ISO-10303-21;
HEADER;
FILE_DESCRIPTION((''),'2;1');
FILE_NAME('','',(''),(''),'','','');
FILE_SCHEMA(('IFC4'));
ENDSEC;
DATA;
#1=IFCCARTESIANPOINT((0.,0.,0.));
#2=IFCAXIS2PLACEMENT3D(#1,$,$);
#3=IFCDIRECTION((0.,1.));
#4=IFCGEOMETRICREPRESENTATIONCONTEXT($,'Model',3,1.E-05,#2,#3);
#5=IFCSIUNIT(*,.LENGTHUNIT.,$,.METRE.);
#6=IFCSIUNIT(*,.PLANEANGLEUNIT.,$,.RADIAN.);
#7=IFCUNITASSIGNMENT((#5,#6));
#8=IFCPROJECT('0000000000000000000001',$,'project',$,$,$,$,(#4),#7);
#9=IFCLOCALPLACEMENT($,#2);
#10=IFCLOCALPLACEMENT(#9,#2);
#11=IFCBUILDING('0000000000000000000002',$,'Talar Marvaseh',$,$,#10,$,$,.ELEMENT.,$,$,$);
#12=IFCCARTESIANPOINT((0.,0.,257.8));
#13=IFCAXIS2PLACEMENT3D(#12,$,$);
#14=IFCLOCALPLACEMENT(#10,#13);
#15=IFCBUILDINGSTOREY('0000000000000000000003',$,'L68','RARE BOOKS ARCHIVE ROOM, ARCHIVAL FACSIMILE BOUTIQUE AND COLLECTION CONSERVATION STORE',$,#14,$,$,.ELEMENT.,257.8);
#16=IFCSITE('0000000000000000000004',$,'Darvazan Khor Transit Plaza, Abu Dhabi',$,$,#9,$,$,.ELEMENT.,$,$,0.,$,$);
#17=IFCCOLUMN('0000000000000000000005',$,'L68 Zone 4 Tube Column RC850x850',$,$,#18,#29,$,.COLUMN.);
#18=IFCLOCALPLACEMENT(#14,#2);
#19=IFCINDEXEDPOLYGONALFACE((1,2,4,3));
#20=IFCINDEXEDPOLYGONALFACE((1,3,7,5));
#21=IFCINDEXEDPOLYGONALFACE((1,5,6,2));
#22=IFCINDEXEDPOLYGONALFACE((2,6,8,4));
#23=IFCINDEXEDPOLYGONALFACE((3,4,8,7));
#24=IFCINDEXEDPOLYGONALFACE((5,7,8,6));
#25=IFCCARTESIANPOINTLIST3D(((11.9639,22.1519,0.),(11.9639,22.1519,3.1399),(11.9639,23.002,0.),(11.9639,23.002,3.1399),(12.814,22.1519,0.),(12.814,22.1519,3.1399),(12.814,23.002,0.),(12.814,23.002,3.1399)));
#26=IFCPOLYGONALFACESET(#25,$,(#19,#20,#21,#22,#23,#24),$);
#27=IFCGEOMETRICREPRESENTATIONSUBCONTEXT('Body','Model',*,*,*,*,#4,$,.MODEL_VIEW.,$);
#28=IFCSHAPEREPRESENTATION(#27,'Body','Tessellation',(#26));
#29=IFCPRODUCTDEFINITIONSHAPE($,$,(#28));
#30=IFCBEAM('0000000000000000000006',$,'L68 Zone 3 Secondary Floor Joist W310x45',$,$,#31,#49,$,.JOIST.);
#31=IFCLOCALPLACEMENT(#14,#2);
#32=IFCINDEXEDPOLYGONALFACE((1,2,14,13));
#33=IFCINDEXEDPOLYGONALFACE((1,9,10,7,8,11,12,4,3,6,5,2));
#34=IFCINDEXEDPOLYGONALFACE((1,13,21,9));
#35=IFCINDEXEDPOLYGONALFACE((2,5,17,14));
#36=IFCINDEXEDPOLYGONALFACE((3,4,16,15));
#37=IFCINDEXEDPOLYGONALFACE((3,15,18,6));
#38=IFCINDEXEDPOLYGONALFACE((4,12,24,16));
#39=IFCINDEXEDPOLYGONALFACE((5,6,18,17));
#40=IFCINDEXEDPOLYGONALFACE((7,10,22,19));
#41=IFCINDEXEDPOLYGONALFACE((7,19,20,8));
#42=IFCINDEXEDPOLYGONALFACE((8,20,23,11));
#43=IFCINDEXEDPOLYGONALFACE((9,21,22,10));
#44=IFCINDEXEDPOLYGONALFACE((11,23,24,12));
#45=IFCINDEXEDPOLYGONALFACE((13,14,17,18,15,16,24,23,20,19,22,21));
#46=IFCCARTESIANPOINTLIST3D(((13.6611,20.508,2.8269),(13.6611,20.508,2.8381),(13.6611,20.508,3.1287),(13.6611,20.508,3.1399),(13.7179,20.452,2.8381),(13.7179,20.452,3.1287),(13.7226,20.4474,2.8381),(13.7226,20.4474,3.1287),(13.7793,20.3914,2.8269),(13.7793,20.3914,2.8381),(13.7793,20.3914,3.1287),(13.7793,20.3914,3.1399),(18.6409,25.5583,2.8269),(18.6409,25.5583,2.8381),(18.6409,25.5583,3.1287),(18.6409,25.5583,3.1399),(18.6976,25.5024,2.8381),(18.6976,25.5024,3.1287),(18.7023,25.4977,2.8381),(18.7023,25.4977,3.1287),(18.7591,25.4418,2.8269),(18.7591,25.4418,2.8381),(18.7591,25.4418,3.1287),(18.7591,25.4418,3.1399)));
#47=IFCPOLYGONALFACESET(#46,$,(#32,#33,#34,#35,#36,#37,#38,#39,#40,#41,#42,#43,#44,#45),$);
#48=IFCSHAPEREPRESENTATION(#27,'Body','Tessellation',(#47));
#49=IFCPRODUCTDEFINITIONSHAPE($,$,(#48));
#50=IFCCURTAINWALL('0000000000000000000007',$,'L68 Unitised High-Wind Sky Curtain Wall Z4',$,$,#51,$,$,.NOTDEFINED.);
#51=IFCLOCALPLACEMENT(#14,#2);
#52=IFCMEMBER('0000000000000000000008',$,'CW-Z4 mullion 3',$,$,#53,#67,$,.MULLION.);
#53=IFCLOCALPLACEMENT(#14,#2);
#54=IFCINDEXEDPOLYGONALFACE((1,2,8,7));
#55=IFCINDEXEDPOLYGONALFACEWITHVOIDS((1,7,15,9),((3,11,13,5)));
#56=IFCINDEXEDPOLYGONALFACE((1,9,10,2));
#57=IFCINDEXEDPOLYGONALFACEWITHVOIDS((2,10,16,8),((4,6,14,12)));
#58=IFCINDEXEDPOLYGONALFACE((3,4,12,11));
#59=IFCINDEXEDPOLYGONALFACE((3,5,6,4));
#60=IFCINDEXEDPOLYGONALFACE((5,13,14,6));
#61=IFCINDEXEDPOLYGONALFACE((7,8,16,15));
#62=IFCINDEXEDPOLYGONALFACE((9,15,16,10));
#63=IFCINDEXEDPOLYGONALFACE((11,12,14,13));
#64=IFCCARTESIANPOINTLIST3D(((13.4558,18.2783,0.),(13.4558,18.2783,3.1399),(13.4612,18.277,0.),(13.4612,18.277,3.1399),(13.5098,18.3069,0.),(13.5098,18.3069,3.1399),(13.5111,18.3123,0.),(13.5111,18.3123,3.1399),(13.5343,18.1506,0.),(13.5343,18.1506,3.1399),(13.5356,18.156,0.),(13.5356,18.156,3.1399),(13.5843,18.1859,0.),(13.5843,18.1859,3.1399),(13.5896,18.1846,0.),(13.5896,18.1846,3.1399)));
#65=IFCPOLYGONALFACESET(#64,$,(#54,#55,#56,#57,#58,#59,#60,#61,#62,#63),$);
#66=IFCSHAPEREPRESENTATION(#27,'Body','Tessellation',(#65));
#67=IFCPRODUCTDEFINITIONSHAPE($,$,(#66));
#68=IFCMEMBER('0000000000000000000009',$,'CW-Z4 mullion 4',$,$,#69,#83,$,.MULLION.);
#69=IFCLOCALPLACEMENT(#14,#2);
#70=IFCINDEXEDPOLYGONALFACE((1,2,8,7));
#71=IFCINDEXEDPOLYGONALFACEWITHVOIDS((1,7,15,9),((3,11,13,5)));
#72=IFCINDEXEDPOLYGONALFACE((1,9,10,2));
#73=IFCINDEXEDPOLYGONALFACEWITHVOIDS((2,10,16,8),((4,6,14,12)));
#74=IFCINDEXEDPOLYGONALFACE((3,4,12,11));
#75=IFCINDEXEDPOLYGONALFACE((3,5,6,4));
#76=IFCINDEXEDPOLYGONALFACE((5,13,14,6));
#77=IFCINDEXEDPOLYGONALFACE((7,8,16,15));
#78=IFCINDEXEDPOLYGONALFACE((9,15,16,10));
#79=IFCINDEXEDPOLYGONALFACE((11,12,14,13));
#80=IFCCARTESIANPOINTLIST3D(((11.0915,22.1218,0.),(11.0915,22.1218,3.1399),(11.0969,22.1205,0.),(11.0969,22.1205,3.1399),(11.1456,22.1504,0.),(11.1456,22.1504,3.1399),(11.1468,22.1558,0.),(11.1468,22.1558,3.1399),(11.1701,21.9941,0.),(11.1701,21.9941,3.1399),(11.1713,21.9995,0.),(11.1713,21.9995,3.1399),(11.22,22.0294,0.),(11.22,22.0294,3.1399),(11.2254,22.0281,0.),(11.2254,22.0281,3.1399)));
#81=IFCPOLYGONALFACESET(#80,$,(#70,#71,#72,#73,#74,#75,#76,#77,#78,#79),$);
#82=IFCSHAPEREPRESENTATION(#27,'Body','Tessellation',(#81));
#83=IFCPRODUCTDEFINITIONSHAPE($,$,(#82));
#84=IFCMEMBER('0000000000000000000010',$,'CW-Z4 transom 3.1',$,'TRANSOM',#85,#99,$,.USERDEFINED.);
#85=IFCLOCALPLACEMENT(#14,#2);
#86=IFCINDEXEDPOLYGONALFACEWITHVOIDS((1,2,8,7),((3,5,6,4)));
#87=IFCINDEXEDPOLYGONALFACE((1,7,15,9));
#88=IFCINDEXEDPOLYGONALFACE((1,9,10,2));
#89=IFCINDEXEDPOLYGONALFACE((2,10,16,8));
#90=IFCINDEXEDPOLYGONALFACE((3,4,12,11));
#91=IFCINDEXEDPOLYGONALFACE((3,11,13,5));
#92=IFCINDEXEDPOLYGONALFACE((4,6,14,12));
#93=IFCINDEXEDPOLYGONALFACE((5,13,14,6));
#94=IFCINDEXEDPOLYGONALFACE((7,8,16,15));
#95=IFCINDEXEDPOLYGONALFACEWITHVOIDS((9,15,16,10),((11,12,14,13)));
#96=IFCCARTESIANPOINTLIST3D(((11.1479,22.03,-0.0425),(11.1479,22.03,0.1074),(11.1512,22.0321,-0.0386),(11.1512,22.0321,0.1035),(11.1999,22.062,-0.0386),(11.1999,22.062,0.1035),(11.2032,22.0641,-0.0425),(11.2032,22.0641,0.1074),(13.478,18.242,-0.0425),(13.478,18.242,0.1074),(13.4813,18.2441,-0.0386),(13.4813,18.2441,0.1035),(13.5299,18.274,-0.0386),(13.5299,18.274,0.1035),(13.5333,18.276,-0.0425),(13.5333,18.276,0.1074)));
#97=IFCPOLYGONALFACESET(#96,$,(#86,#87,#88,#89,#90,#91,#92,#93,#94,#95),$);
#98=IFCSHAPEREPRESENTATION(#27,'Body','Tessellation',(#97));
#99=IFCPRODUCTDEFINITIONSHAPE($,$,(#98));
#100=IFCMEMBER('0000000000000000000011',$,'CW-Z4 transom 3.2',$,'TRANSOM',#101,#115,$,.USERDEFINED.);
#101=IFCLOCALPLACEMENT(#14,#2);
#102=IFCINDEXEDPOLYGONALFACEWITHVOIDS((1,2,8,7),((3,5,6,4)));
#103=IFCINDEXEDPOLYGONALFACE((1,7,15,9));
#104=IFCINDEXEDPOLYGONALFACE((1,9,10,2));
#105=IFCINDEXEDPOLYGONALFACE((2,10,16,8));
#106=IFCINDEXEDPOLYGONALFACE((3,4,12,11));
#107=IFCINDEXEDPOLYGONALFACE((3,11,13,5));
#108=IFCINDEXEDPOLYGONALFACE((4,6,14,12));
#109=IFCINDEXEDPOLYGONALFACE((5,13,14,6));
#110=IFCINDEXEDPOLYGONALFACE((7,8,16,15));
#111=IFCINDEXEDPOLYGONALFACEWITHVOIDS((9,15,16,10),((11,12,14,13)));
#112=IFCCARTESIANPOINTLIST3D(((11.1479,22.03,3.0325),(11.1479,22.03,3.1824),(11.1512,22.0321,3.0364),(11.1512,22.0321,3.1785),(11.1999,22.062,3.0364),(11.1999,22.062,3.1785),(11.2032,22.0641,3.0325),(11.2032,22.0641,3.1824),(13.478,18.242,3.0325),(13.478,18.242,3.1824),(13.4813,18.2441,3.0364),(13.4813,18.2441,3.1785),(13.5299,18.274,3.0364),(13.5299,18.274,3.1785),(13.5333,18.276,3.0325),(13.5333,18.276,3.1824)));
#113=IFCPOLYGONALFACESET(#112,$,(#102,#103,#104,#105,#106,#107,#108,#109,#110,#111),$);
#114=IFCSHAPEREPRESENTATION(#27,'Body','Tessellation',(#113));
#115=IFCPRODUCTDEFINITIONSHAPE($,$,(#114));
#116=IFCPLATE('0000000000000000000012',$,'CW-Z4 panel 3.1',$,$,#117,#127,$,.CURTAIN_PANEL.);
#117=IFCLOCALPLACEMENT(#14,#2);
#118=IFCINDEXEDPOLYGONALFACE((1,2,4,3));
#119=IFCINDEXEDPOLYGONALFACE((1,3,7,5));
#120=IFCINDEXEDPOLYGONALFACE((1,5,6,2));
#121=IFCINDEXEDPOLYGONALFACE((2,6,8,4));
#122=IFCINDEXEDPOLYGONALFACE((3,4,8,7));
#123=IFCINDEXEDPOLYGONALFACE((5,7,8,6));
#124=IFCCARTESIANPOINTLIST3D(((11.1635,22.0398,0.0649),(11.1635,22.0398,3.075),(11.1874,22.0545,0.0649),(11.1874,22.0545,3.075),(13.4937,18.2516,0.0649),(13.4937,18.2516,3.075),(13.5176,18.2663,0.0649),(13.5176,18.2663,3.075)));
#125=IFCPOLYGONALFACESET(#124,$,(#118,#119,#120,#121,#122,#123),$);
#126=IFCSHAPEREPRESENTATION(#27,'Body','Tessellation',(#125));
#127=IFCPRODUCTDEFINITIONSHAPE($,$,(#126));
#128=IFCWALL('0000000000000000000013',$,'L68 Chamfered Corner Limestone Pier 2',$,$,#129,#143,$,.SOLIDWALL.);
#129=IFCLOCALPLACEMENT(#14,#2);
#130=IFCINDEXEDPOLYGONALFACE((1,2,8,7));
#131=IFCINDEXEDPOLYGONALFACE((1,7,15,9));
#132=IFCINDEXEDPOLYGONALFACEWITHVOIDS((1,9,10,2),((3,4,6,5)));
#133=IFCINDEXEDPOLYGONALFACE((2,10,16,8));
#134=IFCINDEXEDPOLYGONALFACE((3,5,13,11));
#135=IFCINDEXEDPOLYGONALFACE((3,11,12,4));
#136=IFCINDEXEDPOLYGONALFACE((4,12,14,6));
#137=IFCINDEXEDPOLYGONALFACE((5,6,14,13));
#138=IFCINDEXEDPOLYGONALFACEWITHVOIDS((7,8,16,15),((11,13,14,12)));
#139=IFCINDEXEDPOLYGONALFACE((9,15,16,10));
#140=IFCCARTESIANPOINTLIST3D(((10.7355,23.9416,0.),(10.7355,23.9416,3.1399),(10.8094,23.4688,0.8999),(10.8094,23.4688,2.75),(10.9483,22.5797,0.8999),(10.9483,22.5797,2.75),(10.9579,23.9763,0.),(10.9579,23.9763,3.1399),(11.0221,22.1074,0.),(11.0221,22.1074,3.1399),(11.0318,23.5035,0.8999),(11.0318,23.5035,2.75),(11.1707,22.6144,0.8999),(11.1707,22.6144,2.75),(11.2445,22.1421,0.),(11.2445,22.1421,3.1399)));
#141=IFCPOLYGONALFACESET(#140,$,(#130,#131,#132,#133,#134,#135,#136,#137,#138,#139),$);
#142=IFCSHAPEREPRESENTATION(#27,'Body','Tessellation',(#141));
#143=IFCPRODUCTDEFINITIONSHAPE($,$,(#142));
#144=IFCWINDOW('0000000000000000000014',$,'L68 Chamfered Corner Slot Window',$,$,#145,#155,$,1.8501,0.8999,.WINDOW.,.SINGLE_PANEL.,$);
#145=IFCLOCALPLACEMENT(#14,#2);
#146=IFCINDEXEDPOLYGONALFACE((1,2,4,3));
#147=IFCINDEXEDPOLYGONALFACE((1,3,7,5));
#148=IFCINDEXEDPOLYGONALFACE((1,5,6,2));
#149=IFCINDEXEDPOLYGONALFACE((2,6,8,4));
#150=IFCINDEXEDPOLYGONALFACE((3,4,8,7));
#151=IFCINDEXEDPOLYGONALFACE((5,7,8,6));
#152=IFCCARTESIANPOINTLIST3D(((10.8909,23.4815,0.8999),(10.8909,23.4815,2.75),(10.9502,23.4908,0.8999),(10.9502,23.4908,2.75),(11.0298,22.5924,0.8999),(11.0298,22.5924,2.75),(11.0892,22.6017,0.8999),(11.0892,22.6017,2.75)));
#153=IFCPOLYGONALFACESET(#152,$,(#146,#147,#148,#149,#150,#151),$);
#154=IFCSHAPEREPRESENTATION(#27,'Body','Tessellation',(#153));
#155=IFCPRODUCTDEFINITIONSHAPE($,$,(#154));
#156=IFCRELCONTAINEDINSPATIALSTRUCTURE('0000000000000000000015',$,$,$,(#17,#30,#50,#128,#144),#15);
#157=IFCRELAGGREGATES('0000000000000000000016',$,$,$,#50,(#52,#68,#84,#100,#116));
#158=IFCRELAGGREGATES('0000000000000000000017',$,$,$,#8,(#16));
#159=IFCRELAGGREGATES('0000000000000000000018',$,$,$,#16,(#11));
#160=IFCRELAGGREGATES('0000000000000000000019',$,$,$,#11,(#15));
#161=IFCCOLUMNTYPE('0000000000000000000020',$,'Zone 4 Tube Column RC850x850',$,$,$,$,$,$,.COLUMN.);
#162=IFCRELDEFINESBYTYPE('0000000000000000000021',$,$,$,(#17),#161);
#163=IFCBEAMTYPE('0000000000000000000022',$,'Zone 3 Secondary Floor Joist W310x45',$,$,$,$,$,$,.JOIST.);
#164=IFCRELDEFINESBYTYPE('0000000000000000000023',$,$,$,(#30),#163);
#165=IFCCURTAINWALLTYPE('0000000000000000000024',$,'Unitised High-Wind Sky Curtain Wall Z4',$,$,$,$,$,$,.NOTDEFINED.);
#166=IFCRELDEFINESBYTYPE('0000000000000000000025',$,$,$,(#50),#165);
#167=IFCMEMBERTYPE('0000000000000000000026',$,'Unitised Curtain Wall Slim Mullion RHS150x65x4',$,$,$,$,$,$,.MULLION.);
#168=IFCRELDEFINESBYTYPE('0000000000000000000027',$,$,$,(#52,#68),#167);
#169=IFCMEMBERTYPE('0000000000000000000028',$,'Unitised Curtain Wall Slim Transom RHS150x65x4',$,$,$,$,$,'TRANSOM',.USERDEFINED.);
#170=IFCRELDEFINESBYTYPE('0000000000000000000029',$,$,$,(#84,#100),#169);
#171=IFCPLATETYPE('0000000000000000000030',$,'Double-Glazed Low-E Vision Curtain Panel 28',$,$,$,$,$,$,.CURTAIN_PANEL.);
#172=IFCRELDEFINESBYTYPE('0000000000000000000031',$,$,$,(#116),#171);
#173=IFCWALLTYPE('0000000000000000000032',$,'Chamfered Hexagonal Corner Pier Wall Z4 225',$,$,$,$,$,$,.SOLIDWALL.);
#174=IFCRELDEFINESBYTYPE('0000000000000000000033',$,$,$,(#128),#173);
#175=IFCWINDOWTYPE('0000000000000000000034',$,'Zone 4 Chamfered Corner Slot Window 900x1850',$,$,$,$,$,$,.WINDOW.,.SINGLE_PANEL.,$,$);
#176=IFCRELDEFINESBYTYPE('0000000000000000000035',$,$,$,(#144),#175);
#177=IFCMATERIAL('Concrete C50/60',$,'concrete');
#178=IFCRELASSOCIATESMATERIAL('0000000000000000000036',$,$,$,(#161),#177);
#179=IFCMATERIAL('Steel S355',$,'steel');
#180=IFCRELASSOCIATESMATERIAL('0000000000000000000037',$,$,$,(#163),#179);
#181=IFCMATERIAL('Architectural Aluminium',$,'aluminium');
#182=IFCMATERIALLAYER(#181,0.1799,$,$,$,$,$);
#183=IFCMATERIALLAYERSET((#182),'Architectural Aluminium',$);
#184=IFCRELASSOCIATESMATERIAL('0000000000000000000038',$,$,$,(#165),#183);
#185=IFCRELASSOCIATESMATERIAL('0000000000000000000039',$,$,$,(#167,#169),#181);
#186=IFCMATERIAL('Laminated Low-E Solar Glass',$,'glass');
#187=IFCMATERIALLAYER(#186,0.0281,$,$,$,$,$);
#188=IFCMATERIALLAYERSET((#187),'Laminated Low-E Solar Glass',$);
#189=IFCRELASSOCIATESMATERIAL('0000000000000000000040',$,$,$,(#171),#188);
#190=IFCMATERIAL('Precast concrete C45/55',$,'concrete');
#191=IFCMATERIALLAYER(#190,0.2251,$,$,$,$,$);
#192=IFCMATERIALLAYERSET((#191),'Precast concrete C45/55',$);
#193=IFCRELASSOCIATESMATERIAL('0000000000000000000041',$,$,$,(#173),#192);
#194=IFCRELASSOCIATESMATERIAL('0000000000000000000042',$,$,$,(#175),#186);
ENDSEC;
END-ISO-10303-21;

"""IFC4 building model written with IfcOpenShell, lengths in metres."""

from ifc_helpers import new_model, si_unit, direction, frame, frame_2d, origin, origin_2d, place, context, subcontext, project, spatial, rectangle, hollow_rectangle, i_section, extrude, source, transform, mapped, material, layer, layer_set, material_profile, profile_set, type_object, type_shapes, element, fill, aggregate, save


model = new_model("IFC4")

# Units and contexts
model_context = context("Model", 3, precision=1e-05, world=origin(), true_north=direction((0.0, 1.0)))
body_context = subcontext(model_context, "Body", "Model", "MODEL_VIEW")
ifc_project = project(units=[si_unit("LENGTHUNIT", "METRE"), si_unit("PLANEANGLEUNIT", "RADIAN")], contexts=[model_context])

# Site, building, storey
site_placement = place(None, origin())
site = spatial("IfcSite", under=ifc_project, at=site_placement, Name="Darvazan Khor Transit Plaza, Abu Dhabi", CompositionType="ELEMENT", RefElevation=0.0)
building_placement = place(site_placement, origin())
building = spatial("IfcBuilding", under=site, at=building_placement, Name="Talar Marvaseh", CompositionType="ELEMENT")
storey_placement = place(building_placement, frame((0.0, 0.0, 257.8)))
storey = spatial("IfcBuildingStorey", under=building, at=storey_placement, Name="L68", Description="RARE BOOKS ARCHIVE ROOM, ARCHIVAL FACSIMILE BOUTIQUE AND COLLECTION CONSERVATION STORE", CompositionType="ELEMENT", Elevation=257.8)

# Column
ifc_material_1 = material(Name="Concrete C50/60", Category="concrete")
ifc_material_profile_1 = material_profile(ifc_material_1, rectangle(XDim=0.8501, YDim=0.8501, at=origin_2d()), Name="RC850x850")
ifc_profile_set_1 = profile_set([ifc_material_profile_1], Name="Concrete C50/60")
column_type = type_object("IfcColumnType", Name="Zone 4 Tube Column RC850x850", PredefinedType="COLUMN", material=ifc_profile_set_1)
column_placement = place(storey_placement, frame((12.3889, 22.5769, 0.0), z_axis=(0.0, 0.0, 1.0), x_axis=(1.0, 0.0, 0.0)))
element("IfcColumn", 1, at=column_placement, inside=storey, type_object=column_type, Name="L68 Zone 4 Tube Column RC850x850", PredefinedType="COLUMN", context=body_context, shape_type="SweptSolid", body=[
    extrude(rectangle(XDim=0.8501, YDim=0.8501, at=origin_2d()), origin(), (0.0, 0.0, 1.0), 3.1399),
])

# Beam
ifc_material_2 = material(Name="Steel S355", Category="steel")
ifc_material_profile_2 = material_profile(ifc_material_2, i_section(OverallWidth=0.166, OverallDepth=0.313, WebThickness=0.0066, FlangeThickness=0.0112, at=origin_2d()), Name="W310x45")
ifc_profile_set_2 = profile_set([ifc_material_profile_2], Name="Steel S355")
beam_type = type_object("IfcBeamType", Name="Zone 3 Secondary Floor Joist W310x45", PredefinedType="JOIST", material=ifc_profile_set_2)
beam_placement = place(storey_placement, frame((13.7202, 20.4497, 2.9834), z_axis=(0.702115, 0.712063, 0.0), x_axis=(-0.712063, 0.702115, 0.0)))
element("IfcBeam", 2, at=beam_placement, inside=storey, type_object=beam_type, Name="L68 Zone 3 Secondary Floor Joist W310x45", PredefinedType="JOIST", context=body_context, shape_type="SweptSolid", body=[
    extrude(i_section(OverallWidth=0.166, OverallDepth=0.313, WebThickness=0.0066, FlangeThickness=0.0112, at=origin_2d()), origin(), (0.0, 0.0, 1.0), 7.0925),
])

# Curtain wall, members, plate
ifc_material_3 = material(Name="Architectural Aluminium", Category="aluminium")
ifc_layer_1 = layer(ifc_material_3, 0.1799)
ifc_layer_set_1 = layer_set([ifc_layer_1], Name="Architectural Aluminium")
curtain_wall_type = type_object("IfcCurtainWallType", Name="Unitised High-Wind Sky Curtain Wall Z4", PredefinedType="NOTDEFINED", material=ifc_layer_set_1)
curtain_wall_placement = place(storey_placement, origin())
curtain_wall = element("IfcCurtainWall", 3, at=curtain_wall_placement, inside=storey, type_object=curtain_wall_type, Name="L68 Unitised High-Wind Sky Curtain Wall Z4", PredefinedType="NOTDEFINED")
ifc_material_profile_3 = material_profile(ifc_material_3, hollow_rectangle(XDim=0.0649, YDim=0.1499, WallThickness=0.0039, at=origin_2d()), Name="RHS150x65x4")
ifc_profile_set_3 = profile_set([ifc_material_profile_3], Name="Architectural Aluminium")
member_type_1 = type_object("IfcMemberType", Name="Unitised Curtain Wall Slim Mullion RHS150x65x4", PredefinedType="MULLION", material=ifc_profile_set_3)
shared_shape_1 = source(origin(), body_context, "Body", "SweptSolid", [
    extrude(hollow_rectangle(XDim=0.0649, YDim=0.1499, WallThickness=0.0039, at=origin_2d()), origin(), (0.0, 0.0, 1.0), 3.1399),
])
type_shapes(member_type_1, [shared_shape_1])
member_1_placement = place(storey_placement, frame((13.5227, 18.2314, 0.0), z_axis=(0.0, 0.0, 1.0), x_axis=(-0.851762, -0.523929, 0.0)))
member_1 = element("IfcMember", 4, at=member_1_placement, type_object=member_type_1, Name="CW-Z4 mullion 3", PredefinedType="MULLION", context=body_context, shape_type="MappedRepresentation", body=[
    mapped(shared_shape_1, transform((0.0, 0.0, 0.0), x_axis=(1.0, 0.0, 0.0), y_axis=(0.0, 1.0, 0.0), z_axis=(0.0, 0.0, 1.0), scale=1.0)),
])
member_2_placement = place(storey_placement, frame((11.1584, 22.075, 0.0), z_axis=(0.0, 0.0, 1.0), x_axis=(-0.851762, -0.523929, 0.0)))
member_2 = element("IfcMember", 5, at=member_2_placement, type_object=member_type_1, Name="CW-Z4 mullion 4", PredefinedType="MULLION", context=body_context, shape_type="MappedRepresentation", body=[
    mapped(shared_shape_1, transform((0.0, 0.0, 0.0), x_axis=(1.0, 0.0, 0.0), y_axis=(0.0, 1.0, 0.0), z_axis=(0.0, 0.0, 1.0), scale=1.0)),
])
ifc_material_profile_4 = material_profile(ifc_material_3, hollow_rectangle(XDim=0.0649, YDim=0.1499, WallThickness=0.0039, at=origin_2d()), Name="RHS150x65x4")
ifc_profile_set_4 = profile_set([ifc_material_profile_4], Name="Architectural Aluminium")
member_type_2 = type_object("IfcMemberType", Name="Unitised Curtain Wall Slim Transom RHS150x65x4", ElementType="TRANSOM", PredefinedType="USERDEFINED", material=ifc_profile_set_4)
shared_shape_2 = source(origin(), body_context, "Body", "SweptSolid", [
    extrude(hollow_rectangle(XDim=0.0649, YDim=0.1499, WallThickness=0.0039, at=origin_2d()), origin(), (0.0, 0.0, 1.0), 4.4473),
])
type_shapes(member_type_2, [shared_shape_2])
member_3_placement = place(storey_placement, frame((13.5056, 18.259, 0.0325), z_axis=(-0.523926, 0.851764, 0.0), x_axis=(-0.851764, -0.523926, 0.0)))
member_3 = element("IfcMember", 6, at=member_3_placement, type_object=member_type_2, Name="CW-Z4 transom 3.1", ObjectType="TRANSOM", PredefinedType="USERDEFINED", context=body_context, shape_type="MappedRepresentation", body=[
    mapped(shared_shape_2, transform((0.0, 0.0, 0.0), x_axis=(1.0, 0.0, 0.0), y_axis=(0.0, 1.0, 0.0), z_axis=(0.0, 0.0, 1.0), scale=1.0)),
])
member_4_placement = place(storey_placement, frame((13.5056, 18.259, 3.1074), z_axis=(-0.523926, 0.851764, 0.0), x_axis=(-0.851764, -0.523926, 0.0)))
member_4 = element("IfcMember", 7, at=member_4_placement, type_object=member_type_2, Name="CW-Z4 transom 3.2", ObjectType="TRANSOM", PredefinedType="USERDEFINED", context=body_context, shape_type="MappedRepresentation", body=[
    mapped(shared_shape_2, transform((0.0, 0.0, 0.0), x_axis=(1.0, 0.0, 0.0), y_axis=(0.0, 1.0, 0.0), z_axis=(0.0, 0.0, 1.0), scale=1.0)),
])
ifc_material_4 = material(Name="Laminated Low-E Solar Glass", Category="glass")
ifc_layer_2 = layer(ifc_material_4, 0.0281)
ifc_layer_set_2 = layer_set([ifc_layer_2], Name="Laminated Low-E Solar Glass")
plate_type = type_object("IfcPlateType", Name="Double-Glazed Low-E Vision Curtain Panel 28", PredefinedType="CURTAIN_PANEL", material=ifc_layer_set_2)
shared_shape_3 = source(origin(), body_context, "Body", "SweptSolid", [
    extrude(rectangle(XDim=4.4475, YDim=0.0281, at=origin_2d()), origin(), (0.0, 0.0, 1.0), 3.01),
])
type_shapes(plate_type, [shared_shape_3])
plate_placement = place(storey_placement, frame((12.3406, 20.1531, 0.0649), z_axis=(0.0, 0.0, 1.0), x_axis=(-0.523929, 0.851762, 0.0)))
plate = element("IfcPlate", 8, at=plate_placement, type_object=plate_type, Name="CW-Z4 panel 3.1", PredefinedType="CURTAIN_PANEL", context=body_context, shape_type="MappedRepresentation", body=[
    mapped(shared_shape_3, transform((0.0, 0.0, 0.0), x_axis=(1.0, 0.0, 0.0), y_axis=(0.0, 1.0, 0.0), z_axis=(0.0, 0.0, 1.0), scale=1.0)),
])
aggregate(curtain_wall, [member_1, member_2, member_3, member_4, plate])

# Wall, opening, window
ifc_material_5 = material(Name="Precast concrete C45/55", Category="concrete")
ifc_layer_3 = layer(ifc_material_5, 0.2251)
ifc_layer_set_3 = layer_set([ifc_layer_3], Name="Precast concrete C45/55")
wall_type = type_object("IfcWallType", Name="Chamfered Hexagonal Corner Pier Wall Z4 225", PredefinedType="SOLIDWALL", material=ifc_layer_set_3)
wall_placement = place(storey_placement, frame((11.1333, 22.1248, 0.0), z_axis=(0.0, 0.0, 1.0), x_axis=(-0.154389, 0.98801, 0.0)))
wall = element("IfcWall", 9, at=wall_placement, inside=storey, type_object=wall_type, Name="L68 Chamfered Corner Limestone Pier 2", PredefinedType="SOLIDWALL", context=body_context, shape_type="SweptSolid", body=[
    extrude(rectangle(XDim=1.8564, YDim=0.2251, at=frame_2d((0.9282, 0.0))), origin(), (0.0, 0.0, 1.0), 3.1399),
])
opening_placement = place(wall_placement, frame((0.478, 0.0, 0.8999)))
opening = element("IfcOpeningElement", 10, at=opening_placement, cuts=wall, PredefinedType="OPENING", context=body_context, shape_type="SweptSolid", body=[
    extrude(rectangle(XDim=0.8999, YDim=1.8501, at=frame_2d((0.45, 0.925))), frame((0.0, 0.1226, 0.0), z_axis=(0.0, -1.0, 0.0), x_axis=(1.0, 0.0, 0.0)), (0.0, 0.0, 1.0), 0.2451),
])
window_type = type_object("IfcWindowType", Name="Zone 4 Chamfered Corner Slot Window 900x1850", PartitioningType="SINGLE_PANEL", PredefinedType="WINDOW", material=ifc_material_4)
shared_shape_4 = source(origin(), body_context, "Body", "SweptSolid", [
    extrude(rectangle(XDim=0.8999, YDim=1.8501, at=frame_2d((0.45, 0.925))), frame((0.0, 0.03, 0.0), z_axis=(0.0, -1.0, 0.0), x_axis=(1.0, 0.0, 0.0)), (0.0, 0.0, 1.0), 0.0601),
])
type_shapes(window_type, [shared_shape_4])
window_placement = place(opening_placement, origin())
window = element("IfcWindow", 11, at=window_placement, inside=storey, type_object=window_type, Name="L68 Chamfered Corner Slot Window", OverallHeight=1.8501, OverallWidth=0.8999, PartitioningType="SINGLE_PANEL", PredefinedType="WINDOW", context=body_context, shape_type="MappedRepresentation", body=[
    mapped(shared_shape_4, transform((0.0, 0.0, 0.0), x_axis=(1.0, 0.0, 0.0), y_axis=(0.0, 1.0, 0.0), z_axis=(0.0, 0.0, 1.0), scale=1.0)),
])
fill(opening, window)

save(model, "model.ifc")
